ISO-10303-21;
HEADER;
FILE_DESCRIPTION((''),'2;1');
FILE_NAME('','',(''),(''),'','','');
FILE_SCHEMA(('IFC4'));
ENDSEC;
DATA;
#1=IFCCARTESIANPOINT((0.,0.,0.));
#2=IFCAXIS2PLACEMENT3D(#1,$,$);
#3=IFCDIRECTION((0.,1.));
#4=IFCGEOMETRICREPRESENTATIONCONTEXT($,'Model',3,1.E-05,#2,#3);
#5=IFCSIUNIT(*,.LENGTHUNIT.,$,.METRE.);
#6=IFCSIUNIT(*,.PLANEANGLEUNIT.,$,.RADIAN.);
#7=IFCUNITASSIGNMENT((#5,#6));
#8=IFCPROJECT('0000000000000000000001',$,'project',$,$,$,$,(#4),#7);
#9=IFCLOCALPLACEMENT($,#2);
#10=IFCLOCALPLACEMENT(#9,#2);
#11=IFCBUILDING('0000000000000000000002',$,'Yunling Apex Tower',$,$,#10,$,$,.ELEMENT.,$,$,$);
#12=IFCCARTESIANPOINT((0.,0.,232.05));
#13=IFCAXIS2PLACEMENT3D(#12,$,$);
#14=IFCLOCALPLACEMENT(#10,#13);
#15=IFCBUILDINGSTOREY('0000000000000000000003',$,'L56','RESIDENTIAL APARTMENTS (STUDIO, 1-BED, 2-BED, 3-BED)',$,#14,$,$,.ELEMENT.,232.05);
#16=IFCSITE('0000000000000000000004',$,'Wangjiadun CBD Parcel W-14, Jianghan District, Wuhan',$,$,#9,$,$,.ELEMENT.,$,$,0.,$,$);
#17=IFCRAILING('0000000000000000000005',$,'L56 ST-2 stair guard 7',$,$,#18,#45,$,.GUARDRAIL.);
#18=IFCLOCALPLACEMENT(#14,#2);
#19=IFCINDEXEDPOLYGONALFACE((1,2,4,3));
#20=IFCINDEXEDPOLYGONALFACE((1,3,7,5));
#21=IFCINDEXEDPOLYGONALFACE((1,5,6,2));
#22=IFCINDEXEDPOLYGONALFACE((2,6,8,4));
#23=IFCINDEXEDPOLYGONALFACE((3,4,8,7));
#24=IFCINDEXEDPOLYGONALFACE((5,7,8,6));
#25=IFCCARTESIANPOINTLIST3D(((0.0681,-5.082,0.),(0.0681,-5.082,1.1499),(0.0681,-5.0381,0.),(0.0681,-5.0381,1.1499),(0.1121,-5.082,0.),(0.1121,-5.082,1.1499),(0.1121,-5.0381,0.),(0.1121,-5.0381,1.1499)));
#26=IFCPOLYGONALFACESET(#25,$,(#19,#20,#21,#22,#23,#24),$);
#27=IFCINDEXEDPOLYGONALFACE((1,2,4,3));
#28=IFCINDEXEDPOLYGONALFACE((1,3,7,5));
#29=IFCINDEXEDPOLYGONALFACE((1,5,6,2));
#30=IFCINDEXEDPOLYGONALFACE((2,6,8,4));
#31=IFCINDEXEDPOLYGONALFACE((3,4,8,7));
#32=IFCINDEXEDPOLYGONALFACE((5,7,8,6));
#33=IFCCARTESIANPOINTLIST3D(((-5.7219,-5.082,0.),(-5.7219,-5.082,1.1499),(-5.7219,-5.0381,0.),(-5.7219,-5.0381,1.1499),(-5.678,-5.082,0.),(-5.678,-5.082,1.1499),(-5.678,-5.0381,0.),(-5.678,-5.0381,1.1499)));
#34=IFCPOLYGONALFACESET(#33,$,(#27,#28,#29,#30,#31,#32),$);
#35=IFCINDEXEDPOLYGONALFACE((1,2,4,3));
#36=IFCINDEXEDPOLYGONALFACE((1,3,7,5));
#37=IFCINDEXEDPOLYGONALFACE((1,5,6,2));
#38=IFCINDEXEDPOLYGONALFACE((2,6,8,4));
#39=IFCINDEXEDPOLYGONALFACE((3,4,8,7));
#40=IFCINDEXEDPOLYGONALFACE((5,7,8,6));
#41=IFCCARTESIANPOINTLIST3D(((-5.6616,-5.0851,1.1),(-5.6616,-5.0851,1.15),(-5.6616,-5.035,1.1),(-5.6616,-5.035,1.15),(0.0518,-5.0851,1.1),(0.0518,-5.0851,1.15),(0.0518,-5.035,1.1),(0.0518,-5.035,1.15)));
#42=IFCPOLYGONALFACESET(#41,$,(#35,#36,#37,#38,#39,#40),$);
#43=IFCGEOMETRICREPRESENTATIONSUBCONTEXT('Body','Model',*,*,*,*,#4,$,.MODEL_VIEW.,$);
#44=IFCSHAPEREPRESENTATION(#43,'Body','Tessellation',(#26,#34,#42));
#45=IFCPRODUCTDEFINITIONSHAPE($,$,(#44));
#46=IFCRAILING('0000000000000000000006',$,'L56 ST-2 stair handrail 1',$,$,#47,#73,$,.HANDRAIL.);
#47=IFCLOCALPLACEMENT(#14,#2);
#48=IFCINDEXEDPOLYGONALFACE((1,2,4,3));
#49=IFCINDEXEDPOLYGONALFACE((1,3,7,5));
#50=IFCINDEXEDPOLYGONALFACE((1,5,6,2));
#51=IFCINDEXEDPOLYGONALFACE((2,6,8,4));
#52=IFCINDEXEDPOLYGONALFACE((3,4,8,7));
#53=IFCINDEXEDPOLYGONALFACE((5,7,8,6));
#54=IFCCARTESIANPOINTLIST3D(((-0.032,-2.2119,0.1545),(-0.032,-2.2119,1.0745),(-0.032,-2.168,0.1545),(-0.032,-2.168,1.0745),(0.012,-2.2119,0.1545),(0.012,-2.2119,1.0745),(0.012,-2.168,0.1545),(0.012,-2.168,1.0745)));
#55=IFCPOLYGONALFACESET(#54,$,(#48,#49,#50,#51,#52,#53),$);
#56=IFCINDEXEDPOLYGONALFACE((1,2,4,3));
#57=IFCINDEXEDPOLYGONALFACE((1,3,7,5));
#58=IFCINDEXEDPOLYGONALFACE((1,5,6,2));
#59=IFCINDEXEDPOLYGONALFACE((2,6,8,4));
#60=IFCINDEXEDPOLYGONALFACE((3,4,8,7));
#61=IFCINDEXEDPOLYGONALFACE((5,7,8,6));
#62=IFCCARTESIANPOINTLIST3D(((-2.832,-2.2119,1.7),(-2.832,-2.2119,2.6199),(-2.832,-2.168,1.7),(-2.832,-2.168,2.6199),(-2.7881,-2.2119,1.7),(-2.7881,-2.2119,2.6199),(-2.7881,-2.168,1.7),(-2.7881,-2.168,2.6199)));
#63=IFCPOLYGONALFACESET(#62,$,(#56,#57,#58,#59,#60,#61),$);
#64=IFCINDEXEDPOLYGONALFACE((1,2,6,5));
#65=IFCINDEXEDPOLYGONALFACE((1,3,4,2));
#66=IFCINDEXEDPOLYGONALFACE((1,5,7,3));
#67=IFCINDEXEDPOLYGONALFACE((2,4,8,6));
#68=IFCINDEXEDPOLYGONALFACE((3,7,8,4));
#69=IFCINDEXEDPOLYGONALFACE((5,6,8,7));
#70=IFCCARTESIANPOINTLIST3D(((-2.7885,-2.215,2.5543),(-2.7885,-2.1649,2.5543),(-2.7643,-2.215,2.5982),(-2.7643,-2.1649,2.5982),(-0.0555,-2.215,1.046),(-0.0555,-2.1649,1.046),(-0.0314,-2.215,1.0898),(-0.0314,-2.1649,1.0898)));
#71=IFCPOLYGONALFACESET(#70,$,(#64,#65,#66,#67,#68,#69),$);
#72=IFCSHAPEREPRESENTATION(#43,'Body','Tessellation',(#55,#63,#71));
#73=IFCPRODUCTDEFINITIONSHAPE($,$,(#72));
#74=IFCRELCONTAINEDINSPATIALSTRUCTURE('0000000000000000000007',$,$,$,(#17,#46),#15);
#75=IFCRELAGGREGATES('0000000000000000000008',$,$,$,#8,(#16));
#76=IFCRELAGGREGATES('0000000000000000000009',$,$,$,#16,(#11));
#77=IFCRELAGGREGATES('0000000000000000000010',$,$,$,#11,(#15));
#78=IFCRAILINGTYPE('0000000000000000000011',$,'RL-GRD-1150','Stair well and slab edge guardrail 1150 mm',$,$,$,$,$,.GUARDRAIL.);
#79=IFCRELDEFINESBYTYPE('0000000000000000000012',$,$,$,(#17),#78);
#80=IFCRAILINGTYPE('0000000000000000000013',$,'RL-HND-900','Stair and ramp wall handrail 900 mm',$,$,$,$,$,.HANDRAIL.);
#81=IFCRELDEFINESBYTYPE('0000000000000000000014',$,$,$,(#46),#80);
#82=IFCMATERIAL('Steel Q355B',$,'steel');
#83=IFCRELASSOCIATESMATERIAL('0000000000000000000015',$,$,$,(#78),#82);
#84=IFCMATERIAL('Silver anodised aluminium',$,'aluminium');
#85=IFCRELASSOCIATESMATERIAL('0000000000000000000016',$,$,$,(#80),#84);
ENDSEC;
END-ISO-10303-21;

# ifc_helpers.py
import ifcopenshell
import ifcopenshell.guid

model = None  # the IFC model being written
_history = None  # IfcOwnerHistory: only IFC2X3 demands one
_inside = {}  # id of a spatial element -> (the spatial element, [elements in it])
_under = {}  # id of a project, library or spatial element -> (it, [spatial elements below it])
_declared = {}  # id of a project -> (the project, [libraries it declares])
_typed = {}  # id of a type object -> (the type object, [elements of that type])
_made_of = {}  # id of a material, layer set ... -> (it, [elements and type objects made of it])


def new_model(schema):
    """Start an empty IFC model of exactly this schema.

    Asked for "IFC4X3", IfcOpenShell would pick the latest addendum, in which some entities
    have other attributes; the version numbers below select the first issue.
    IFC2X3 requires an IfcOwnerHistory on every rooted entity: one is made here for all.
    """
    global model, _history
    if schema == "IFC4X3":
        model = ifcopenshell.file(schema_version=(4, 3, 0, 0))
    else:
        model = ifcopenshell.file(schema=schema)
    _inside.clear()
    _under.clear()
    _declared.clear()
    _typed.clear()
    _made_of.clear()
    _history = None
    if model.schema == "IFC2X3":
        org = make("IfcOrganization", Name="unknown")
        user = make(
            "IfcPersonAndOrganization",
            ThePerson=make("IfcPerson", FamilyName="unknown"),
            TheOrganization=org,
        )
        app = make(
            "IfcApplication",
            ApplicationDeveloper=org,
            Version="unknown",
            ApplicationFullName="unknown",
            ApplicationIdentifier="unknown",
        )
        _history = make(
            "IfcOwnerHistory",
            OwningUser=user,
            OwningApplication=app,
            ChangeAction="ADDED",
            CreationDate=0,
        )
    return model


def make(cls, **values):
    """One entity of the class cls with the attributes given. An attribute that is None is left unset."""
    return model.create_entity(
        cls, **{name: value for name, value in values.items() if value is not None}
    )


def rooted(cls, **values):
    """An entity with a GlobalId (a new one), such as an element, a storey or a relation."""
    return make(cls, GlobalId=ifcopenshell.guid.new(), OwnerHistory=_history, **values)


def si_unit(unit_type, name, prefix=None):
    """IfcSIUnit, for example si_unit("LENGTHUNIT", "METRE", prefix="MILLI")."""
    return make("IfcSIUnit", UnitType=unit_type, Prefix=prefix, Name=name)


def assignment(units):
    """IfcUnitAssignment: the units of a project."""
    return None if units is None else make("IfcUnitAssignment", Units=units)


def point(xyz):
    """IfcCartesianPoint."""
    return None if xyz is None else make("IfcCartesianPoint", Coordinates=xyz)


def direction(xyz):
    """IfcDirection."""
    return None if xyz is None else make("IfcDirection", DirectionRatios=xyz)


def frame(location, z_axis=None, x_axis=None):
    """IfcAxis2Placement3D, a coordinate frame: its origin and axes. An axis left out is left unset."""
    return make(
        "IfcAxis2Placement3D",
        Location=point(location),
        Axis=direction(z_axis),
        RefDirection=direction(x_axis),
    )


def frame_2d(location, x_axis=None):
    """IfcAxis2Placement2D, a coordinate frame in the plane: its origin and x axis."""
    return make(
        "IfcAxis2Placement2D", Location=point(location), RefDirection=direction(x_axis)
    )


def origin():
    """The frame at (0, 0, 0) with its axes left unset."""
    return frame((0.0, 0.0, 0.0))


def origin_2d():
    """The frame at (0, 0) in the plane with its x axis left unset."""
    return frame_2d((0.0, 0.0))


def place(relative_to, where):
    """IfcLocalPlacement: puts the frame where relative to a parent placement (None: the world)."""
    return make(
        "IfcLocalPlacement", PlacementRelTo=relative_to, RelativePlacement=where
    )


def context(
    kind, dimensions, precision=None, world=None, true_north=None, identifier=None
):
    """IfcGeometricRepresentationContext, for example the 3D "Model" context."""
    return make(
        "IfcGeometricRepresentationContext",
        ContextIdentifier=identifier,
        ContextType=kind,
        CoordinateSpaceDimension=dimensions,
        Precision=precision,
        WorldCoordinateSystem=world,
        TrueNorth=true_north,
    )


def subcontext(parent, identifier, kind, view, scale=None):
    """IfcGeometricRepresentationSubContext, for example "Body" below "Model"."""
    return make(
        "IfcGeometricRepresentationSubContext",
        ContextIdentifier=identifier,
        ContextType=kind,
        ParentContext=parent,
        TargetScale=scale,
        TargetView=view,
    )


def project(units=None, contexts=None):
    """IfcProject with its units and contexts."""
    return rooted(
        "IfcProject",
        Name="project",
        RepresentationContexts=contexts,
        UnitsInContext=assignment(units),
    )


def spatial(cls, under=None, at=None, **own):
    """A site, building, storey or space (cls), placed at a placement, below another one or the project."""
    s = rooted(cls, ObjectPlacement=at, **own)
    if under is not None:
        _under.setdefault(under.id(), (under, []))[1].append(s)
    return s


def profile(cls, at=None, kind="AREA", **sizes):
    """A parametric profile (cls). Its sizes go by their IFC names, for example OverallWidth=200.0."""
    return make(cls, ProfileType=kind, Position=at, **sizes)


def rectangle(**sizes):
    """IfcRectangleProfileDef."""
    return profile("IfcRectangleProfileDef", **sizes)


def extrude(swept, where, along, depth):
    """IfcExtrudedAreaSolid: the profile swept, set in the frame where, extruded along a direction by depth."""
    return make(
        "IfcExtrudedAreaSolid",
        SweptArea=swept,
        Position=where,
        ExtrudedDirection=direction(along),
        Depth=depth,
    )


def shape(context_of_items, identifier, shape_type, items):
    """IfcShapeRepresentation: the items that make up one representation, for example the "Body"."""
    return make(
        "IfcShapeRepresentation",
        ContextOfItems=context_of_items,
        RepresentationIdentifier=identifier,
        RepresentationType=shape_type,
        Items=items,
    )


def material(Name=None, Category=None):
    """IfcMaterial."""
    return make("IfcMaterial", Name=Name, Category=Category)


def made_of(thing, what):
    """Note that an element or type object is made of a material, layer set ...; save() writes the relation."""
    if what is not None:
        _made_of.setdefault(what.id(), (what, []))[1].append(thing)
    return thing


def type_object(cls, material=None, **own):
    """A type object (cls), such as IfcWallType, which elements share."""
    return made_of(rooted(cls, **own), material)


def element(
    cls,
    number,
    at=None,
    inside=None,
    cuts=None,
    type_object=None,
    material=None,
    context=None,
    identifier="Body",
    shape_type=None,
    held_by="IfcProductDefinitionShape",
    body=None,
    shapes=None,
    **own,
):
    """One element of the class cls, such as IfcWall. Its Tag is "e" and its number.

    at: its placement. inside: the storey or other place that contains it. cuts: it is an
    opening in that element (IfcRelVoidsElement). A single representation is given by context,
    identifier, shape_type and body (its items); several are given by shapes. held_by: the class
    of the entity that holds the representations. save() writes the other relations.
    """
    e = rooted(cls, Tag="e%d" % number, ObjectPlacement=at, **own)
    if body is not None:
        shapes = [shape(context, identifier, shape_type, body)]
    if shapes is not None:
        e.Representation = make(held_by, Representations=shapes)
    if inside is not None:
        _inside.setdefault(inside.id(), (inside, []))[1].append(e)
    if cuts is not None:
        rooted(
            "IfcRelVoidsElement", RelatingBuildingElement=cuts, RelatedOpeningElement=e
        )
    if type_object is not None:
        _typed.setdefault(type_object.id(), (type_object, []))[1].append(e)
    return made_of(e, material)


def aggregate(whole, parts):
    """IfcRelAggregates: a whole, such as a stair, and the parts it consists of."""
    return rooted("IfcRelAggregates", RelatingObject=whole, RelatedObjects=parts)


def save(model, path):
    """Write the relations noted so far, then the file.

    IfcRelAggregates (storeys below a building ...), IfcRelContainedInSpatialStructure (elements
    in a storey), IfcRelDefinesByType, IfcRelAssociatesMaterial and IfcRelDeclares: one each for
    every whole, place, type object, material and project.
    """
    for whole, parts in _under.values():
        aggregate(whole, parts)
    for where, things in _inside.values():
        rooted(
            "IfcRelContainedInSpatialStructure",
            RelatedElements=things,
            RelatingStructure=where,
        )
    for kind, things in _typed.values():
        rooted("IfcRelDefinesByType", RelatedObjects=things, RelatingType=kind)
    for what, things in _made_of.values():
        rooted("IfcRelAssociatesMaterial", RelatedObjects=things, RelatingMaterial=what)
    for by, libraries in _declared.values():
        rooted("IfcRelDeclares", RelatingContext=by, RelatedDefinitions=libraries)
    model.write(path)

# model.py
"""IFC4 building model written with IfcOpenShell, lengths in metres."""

from ifc_helpers import new_model, si_unit, direction, frame, origin, origin_2d, place, context, subcontext, project, spatial, rectangle, extrude, material, type_object, element, save


model = new_model("IFC4")

# Units and contexts
model_context = context("Model", 3, precision=1e-05, world=origin(), true_north=direction((0.0, 1.0)))
body_context = subcontext(model_context, "Body", "Model", "MODEL_VIEW")
ifc_project = project(units=[si_unit("LENGTHUNIT", "METRE"), si_unit("PLANEANGLEUNIT", "RADIAN")], contexts=[model_context])

# Site, building, storey
site_placement = place(None, origin())
site = spatial("IfcSite", under=ifc_project, at=site_placement, Name="Wangjiadun CBD Parcel W-14, Jianghan District, Wuhan", CompositionType="ELEMENT", RefElevation=0.0)
building_placement = place(site_placement, origin())
building = spatial("IfcBuilding", under=site, at=building_placement, Name="Yunling Apex Tower", CompositionType="ELEMENT")
storey_placement = place(building_placement, frame((0.0, 0.0, 232.05)))
storey = spatial("IfcBuildingStorey", under=building, at=storey_placement, Name="L56", Description="RESIDENTIAL APARTMENTS (STUDIO, 1-BED, 2-BED, 3-BED)", CompositionType="ELEMENT", Elevation=232.05)

# Shared definitions
ifc_material_1 = material(Name="Steel Q355B", Category="steel")

# Railings
railing_type_1 = type_object("IfcRailingType", Name="RL-GRD-1150", Description="Stair well and slab edge guardrail 1150 mm", PredefinedType="GUARDRAIL", material=ifc_material_1)
railing_1_placement = place(storey_placement, frame((0.0901, -5.0601, 0.0)))
element("IfcRailing", 1, at=railing_1_placement, inside=storey, type_object=railing_type_1, Name="L56 ST-2 stair guard 7", PredefinedType="GUARDRAIL", context=body_context, shape_type="SweptSolid", body=[
    extrude(rectangle(XDim=0.0439, YDim=0.0439, at=origin_2d()), origin(), (0.0, 0.0, 1.0), 1.1499),
    extrude(rectangle(XDim=0.0439, YDim=0.0439, at=origin_2d()), frame((-5.79, 0.0, 0.0)), (0.0, 0.0, 1.0), 1.1499),
    extrude(rectangle(XDim=0.05, YDim=0.05, at=origin_2d()), frame((-0.0383, 0.0, 1.125), z_axis=(-1.0, 0.0, 0.0), x_axis=(0.0, -1.0, 0.0)), (0.0, 0.0, 1.0), 5.7134),
])
ifc_material_2 = material(Name="Silver anodised aluminium", Category="aluminium")
railing_type_2 = type_object("IfcRailingType", Name="RL-HND-900", Description="Stair and ramp wall handrail 900 mm", PredefinedType="HANDRAIL", material=ifc_material_2)
railing_2_placement = place(storey_placement, frame((-0.01, -2.1899, 0.1545)))
element("IfcRailing", 2, at=railing_2_placement, inside=storey, type_object=railing_type_2, Name="L56 ST-2 stair handrail 1", PredefinedType="HANDRAIL", context=body_context, shape_type="SweptSolid", body=[
    extrude(rectangle(XDim=0.0439, YDim=0.0439, at=origin_2d()), origin(), (0.0, 0.0, 1.0), 0.9199),
    extrude(rectangle(XDim=0.0439, YDim=0.0439, at=origin_2d()), frame((-2.8, 0.0, 1.5454)), (0.0, 0.0, 1.0), 0.9199),
    extrude(rectangle(XDim=0.05, YDim=0.05, at=origin_2d()), frame((-0.0334, 0.0, 0.9133), z_axis=(-0.875504, 0.0, 0.483211), x_axis=(0.0, -1.0, 0.0)), (0.0, 0.0, 1.0), 3.1216),
])

save(model, "model.ifc")
